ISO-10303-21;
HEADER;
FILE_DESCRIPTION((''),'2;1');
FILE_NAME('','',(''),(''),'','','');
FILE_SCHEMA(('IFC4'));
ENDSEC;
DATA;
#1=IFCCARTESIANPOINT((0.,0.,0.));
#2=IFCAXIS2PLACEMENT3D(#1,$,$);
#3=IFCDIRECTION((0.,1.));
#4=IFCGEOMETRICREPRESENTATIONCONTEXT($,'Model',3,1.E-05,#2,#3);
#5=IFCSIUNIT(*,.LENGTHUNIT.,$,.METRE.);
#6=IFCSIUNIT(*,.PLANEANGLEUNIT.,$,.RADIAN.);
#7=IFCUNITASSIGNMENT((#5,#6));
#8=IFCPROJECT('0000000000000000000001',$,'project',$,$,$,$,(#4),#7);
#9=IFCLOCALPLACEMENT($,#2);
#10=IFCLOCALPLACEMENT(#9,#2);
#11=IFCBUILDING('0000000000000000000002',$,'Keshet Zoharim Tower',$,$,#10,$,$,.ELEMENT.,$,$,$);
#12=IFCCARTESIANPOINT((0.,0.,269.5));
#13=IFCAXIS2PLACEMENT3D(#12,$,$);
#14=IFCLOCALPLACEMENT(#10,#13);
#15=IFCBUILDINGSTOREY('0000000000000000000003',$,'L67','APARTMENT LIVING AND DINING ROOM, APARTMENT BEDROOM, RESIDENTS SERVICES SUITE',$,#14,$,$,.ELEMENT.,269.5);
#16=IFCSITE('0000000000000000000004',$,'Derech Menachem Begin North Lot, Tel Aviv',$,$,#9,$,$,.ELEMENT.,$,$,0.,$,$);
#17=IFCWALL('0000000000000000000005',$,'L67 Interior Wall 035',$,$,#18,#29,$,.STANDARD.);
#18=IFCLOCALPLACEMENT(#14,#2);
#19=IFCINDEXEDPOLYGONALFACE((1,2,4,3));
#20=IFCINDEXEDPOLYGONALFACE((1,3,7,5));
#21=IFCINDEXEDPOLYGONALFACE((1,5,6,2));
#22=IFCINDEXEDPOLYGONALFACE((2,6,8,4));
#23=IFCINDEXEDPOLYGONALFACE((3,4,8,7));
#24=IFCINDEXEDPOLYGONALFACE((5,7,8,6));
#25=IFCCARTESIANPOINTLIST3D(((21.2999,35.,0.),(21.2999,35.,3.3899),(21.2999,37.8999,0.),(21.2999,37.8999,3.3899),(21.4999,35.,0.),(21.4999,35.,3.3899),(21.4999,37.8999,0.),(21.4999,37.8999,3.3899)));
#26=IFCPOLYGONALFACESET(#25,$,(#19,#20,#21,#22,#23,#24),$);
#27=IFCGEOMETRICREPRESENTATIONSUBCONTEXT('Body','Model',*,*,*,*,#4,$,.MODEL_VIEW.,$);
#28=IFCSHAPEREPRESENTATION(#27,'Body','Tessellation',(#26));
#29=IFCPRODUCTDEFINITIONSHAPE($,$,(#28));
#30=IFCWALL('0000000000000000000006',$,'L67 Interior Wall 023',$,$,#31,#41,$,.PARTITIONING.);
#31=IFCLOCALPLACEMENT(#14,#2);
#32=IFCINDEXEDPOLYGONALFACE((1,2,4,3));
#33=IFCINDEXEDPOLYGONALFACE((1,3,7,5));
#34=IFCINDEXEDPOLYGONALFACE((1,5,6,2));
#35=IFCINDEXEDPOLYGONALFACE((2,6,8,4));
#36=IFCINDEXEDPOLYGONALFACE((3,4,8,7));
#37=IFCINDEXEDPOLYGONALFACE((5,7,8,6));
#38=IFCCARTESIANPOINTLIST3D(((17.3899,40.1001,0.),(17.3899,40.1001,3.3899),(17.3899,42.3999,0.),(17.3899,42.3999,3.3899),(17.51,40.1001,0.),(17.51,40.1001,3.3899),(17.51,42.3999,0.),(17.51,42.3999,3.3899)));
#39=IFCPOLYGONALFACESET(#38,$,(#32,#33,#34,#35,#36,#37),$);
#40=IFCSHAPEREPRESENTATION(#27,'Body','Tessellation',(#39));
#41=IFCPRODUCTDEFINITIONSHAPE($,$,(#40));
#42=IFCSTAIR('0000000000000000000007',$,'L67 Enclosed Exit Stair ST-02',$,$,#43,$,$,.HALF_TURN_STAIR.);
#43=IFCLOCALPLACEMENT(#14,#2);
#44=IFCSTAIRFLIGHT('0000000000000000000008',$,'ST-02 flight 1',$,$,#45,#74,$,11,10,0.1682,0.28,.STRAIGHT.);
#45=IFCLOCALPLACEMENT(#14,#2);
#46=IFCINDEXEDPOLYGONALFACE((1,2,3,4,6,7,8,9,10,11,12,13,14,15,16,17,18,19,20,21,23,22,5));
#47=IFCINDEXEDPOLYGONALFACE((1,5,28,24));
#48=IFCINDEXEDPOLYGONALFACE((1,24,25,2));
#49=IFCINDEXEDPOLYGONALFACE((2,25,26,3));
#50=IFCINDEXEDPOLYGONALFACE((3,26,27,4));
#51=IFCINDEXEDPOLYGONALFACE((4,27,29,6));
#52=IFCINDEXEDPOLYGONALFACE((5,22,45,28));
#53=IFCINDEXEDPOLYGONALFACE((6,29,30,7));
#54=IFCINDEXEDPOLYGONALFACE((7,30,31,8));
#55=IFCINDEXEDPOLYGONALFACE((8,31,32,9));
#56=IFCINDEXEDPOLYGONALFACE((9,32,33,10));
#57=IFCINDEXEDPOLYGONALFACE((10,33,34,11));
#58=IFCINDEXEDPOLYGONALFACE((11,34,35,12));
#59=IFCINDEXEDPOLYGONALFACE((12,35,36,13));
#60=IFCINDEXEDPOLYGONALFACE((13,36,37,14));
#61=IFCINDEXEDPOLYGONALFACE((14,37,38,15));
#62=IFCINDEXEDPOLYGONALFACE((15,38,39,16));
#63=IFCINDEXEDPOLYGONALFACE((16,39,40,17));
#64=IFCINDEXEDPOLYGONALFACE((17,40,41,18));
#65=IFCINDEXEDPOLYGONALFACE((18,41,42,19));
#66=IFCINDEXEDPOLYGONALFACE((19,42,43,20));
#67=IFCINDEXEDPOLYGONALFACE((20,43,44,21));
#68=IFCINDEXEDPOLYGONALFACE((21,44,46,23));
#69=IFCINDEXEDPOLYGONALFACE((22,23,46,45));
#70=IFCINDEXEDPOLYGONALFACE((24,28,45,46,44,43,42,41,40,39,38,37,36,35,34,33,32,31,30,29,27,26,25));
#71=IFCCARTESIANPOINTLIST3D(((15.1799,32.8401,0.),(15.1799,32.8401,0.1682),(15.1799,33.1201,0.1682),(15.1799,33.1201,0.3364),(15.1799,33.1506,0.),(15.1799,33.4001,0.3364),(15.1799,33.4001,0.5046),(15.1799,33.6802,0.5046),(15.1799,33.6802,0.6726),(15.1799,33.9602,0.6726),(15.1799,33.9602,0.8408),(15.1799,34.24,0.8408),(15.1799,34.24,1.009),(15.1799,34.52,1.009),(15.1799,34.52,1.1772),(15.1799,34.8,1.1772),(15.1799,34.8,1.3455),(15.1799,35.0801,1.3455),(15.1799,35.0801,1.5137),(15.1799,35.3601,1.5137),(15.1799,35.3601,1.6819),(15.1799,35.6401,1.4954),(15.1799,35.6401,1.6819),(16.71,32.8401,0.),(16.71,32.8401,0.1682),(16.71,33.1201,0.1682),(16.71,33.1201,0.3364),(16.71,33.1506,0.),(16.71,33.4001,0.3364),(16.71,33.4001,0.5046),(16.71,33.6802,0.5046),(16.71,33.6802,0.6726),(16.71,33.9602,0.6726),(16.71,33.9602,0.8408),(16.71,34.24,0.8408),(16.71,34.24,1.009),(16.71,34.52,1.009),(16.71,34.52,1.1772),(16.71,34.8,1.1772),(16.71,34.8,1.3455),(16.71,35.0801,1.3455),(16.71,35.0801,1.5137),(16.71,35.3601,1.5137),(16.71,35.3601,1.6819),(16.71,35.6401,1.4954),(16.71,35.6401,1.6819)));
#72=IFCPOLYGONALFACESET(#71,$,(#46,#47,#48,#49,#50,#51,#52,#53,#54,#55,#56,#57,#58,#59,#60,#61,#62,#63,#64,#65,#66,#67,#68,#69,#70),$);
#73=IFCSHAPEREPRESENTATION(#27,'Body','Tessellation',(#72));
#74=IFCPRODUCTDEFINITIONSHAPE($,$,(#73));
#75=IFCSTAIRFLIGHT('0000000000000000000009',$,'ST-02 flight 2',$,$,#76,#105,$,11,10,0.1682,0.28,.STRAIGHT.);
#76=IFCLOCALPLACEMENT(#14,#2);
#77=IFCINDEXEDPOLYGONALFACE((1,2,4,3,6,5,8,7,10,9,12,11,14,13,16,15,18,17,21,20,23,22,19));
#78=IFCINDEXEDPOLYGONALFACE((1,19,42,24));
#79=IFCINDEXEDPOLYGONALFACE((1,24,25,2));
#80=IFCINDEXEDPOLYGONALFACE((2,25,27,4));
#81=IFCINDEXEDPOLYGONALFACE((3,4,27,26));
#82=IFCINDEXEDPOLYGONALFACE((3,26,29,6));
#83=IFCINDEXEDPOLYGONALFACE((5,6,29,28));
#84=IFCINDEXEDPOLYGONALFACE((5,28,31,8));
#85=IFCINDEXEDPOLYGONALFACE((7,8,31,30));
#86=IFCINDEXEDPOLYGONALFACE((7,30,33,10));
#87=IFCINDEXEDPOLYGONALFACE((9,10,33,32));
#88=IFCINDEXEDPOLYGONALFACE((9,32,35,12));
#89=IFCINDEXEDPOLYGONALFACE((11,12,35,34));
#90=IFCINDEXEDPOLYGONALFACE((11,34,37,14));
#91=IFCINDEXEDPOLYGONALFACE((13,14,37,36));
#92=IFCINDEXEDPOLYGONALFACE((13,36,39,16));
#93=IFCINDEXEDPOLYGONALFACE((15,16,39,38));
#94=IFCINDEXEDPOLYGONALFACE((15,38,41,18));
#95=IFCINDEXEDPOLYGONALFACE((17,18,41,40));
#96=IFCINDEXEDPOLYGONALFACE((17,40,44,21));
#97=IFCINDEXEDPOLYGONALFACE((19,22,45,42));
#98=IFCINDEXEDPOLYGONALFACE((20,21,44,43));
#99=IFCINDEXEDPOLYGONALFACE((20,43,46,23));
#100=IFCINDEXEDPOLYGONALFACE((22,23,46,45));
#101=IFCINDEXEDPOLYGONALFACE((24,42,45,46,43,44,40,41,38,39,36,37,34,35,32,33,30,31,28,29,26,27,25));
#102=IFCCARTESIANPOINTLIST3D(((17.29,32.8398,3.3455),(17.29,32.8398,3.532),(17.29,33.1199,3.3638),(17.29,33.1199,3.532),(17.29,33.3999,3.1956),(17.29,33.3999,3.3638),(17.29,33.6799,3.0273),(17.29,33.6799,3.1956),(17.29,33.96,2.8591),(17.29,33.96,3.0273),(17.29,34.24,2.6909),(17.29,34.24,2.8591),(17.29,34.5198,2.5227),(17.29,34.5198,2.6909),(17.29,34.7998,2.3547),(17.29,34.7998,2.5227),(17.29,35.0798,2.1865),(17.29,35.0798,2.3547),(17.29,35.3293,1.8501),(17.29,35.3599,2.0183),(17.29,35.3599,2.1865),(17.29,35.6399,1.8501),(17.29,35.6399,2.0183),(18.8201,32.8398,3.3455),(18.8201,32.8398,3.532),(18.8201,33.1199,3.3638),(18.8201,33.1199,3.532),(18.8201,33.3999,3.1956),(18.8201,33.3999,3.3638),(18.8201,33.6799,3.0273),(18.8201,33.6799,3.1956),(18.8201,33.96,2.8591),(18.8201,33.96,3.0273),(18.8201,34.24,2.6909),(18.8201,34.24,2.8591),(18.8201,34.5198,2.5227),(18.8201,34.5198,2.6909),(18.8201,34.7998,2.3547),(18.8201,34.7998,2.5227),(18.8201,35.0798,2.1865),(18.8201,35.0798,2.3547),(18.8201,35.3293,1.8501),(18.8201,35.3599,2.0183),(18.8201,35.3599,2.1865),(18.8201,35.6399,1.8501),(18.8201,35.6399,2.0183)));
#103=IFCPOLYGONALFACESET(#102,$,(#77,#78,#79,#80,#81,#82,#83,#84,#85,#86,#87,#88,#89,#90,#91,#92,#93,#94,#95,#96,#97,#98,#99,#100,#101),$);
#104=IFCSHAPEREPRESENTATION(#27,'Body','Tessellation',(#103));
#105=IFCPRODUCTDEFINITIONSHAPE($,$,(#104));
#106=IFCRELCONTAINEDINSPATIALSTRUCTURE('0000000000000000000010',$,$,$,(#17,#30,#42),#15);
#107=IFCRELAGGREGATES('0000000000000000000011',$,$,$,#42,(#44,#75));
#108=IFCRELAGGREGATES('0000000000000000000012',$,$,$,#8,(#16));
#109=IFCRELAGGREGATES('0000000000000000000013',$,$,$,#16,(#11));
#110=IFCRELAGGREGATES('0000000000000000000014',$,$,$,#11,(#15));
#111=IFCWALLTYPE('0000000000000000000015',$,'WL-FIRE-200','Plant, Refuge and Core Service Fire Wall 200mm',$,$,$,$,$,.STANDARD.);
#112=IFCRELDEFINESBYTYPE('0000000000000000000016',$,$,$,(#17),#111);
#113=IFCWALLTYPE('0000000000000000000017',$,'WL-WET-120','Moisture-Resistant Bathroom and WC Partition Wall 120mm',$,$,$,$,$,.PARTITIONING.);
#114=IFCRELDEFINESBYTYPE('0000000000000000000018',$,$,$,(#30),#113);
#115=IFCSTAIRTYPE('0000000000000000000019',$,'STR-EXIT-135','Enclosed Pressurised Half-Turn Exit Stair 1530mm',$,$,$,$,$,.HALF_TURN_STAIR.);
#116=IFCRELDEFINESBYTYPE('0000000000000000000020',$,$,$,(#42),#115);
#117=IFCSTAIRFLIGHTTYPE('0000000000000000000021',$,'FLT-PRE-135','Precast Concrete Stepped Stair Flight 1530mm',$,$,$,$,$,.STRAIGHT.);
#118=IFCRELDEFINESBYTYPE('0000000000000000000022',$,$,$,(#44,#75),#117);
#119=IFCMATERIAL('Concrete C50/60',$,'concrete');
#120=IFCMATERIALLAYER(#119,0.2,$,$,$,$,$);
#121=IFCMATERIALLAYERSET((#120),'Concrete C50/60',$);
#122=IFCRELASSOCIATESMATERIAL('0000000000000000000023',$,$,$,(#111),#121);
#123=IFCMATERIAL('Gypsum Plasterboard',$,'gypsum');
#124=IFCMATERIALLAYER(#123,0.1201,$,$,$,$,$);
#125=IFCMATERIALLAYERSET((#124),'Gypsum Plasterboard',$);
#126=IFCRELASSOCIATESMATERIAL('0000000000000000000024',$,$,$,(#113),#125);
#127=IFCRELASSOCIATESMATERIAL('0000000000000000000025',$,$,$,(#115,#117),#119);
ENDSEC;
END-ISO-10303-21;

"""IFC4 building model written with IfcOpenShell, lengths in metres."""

from ifc_helpers import new_model, si_unit, direction, frame, frame_2d, origin, place, context, subcontext, project, spatial, polyline, rectangle, outline, extrude, material, layer, layer_set, type_object, element, aggregate, save


model = new_model("IFC4")

# Units and contexts
model_context = context("Model", 3, precision=1e-05, world=origin(), true_north=direction((0.0, 1.0)))
body_context = subcontext(model_context, "Body", "Model", "MODEL_VIEW")
ifc_project = project(units=[si_unit("LENGTHUNIT", "METRE"), si_unit("PLANEANGLEUNIT", "RADIAN")], contexts=[model_context])

# Site, building, storey
site_placement = place(None, origin())
site = spatial("IfcSite", under=ifc_project, at=site_placement, Name="Derech Menachem Begin North Lot, Tel Aviv", CompositionType="ELEMENT", RefElevation=0.0)
building_placement = place(site_placement, origin())
building = spatial("IfcBuilding", under=site, at=building_placement, Name="Keshet Zoharim Tower", CompositionType="ELEMENT")
storey_placement = place(building_placement, frame((0.0, 0.0, 269.5)))
storey = spatial("IfcBuildingStorey", under=building, at=storey_placement, Name="L67", Description="APARTMENT LIVING AND DINING ROOM, APARTMENT BEDROOM, RESIDENTS SERVICES SUITE", CompositionType="ELEMENT", Elevation=269.5)

# Walls
ifc_material_1 = material(Name="Concrete C50/60", Category="concrete")
ifc_layer_1 = layer(ifc_material_1, 0.2)
ifc_layer_set_1 = layer_set([ifc_layer_1], Name="Concrete C50/60")
wall_type_1 = type_object("IfcWallType", Name="WL-FIRE-200", Description="Plant, Refuge and Core Service Fire Wall 200mm", PredefinedType="STANDARD", material=ifc_layer_set_1)
wall_1_placement = place(storey_placement, frame((21.3999, 35.0, 0.0), z_axis=(0.0, 0.0, 1.0), x_axis=(0.0, 1.0, 0.0)))
element("IfcWall", 1, at=wall_1_placement, inside=storey, type_object=wall_type_1, Name="L67 Interior Wall 035", PredefinedType="STANDARD", context=body_context, shape_type="SweptSolid", body=[
    extrude(rectangle(XDim=2.8999, YDim=0.2, at=frame_2d((1.45, 0.0))), origin(), (0.0, 0.0, 1.0), 3.3899),
])
ifc_material_2 = material(Name="Gypsum Plasterboard", Category="gypsum")
ifc_layer_2 = layer(ifc_material_2, 0.1201)
ifc_layer_set_2 = layer_set([ifc_layer_2], Name="Gypsum Plasterboard")
wall_type_2 = type_object("IfcWallType", Name="WL-WET-120", Description="Moisture-Resistant Bathroom and WC Partition Wall 120mm", PredefinedType="PARTITIONING", material=ifc_layer_set_2)
wall_2_placement = place(storey_placement, frame((17.45, 40.1001, 0.0), z_axis=(0.0, 0.0, 1.0), x_axis=(0.0, 1.0, 0.0)))
element("IfcWall", 2, at=wall_2_placement, inside=storey, type_object=wall_type_2, Name="L67 Interior Wall 023", PredefinedType="PARTITIONING", context=body_context, shape_type="SweptSolid", body=[
    extrude(rectangle(XDim=2.2998, YDim=0.1201, at=frame_2d((1.1499, 0.0))), origin(), (0.0, 0.0, 1.0), 3.3899),
])

# Stair, stair flights
stair_type = type_object("IfcStairType", Name="STR-EXIT-135", Description="Enclosed Pressurised Half-Turn Exit Stair 1530mm", PredefinedType="HALF_TURN_STAIR", material=ifc_material_1)
stair_placement = place(storey_placement, origin())
stair = element("IfcStair", 3, at=stair_placement, inside=storey, type_object=stair_type, Name="L67 Enclosed Exit Stair ST-02", PredefinedType="HALF_TURN_STAIR")
stair_flight_type = type_object("IfcStairFlightType", Name="FLT-PRE-135", Description="Precast Concrete Stepped Stair Flight 1530mm", PredefinedType="STRAIGHT", material=ifc_material_1)
stair_flight_1_placement = place(storey_placement, frame((15.9451, 32.8401, 0.0), z_axis=(0.0, 0.0, 1.0), x_axis=(0.0, 1.0, 0.0)))
stair_flight_1 = element("IfcStairFlight", 4, at=stair_flight_1_placement, type_object=stair_flight_type, Name="ST-02 flight 1", NumberOfRisers=11, NumberOfTreads=10, PredefinedType="STRAIGHT", RiserHeight=0.1682, TreadLength=0.28, context=body_context, shape_type="SweptSolid", body=[
    extrude(outline(polyline([(0.0, 0.0), (0.0, 0.1682), (0.28, 0.1682), (0.28, 0.3364), (0.5601, 0.3364), (0.5601, 0.5046), (0.8401, 0.5046), (0.8401, 0.6726), (1.1201, 0.6726), (1.1201, 0.8408), (1.3999, 0.8408), (1.3999, 1.009), (1.6799, 1.009), (1.6799, 1.1772), (1.96, 1.1772), (1.96, 1.3455), (2.24, 1.3455), (2.24, 1.5137), (2.52, 1.5137), (2.52, 1.6819), (2.8, 1.6819), (2.8, 1.8501), (2.8, 1.4954), (0.3105, 0.0), (0.0, 0.0)])), frame((0.0, 0.7651, 0.0), z_axis=(0.0, -1.0, 0.0), x_axis=(1.0, 0.0, 0.0)), (0.0, 0.0, 1.0), 1.53),
])
stair_flight_2_placement = place(storey_placement, frame((18.0549, 35.6399, 1.8501), z_axis=(0.0, 0.0, 1.0), x_axis=(0.0, -1.0, 0.0)))
stair_flight_2 = element("IfcStairFlight", 5, at=stair_flight_2_placement, type_object=stair_flight_type, Name="ST-02 flight 2", NumberOfRisers=11, NumberOfTreads=10, PredefinedType="STRAIGHT", RiserHeight=0.1682, TreadLength=0.28, context=body_context, shape_type="SweptSolid", body=[
    extrude(outline(polyline([(0.0, 0.0), (0.0, 0.1682), (0.28, 0.1682), (0.28, 0.3364), (0.5601, 0.3364), (0.5601, 0.5046), (0.8401, 0.5046), (0.8401, 0.6726), (1.1201, 0.6726), (1.1201, 0.8408), (1.3999, 0.8408), (1.3999, 1.009), (1.6799, 1.009), (1.6799, 1.1772), (1.96, 1.1772), (1.96, 1.3455), (2.24, 1.3455), (2.24, 1.5137), (2.52, 1.5137), (2.52, 1.6819), (2.8, 1.6819), (2.8, 1.8501), (2.8, 1.4954), (0.3105, 0.0), (0.0, 0.0)])), frame((0.0, 0.7651, 0.0), z_axis=(0.0, -1.0, 0.0), x_axis=(1.0, 0.0, 0.0)), (0.0, 0.0, 1.0), 1.53),
])
aggregate(stair, [stair_flight_1, stair_flight_2])

save(model, "model.ifc")
